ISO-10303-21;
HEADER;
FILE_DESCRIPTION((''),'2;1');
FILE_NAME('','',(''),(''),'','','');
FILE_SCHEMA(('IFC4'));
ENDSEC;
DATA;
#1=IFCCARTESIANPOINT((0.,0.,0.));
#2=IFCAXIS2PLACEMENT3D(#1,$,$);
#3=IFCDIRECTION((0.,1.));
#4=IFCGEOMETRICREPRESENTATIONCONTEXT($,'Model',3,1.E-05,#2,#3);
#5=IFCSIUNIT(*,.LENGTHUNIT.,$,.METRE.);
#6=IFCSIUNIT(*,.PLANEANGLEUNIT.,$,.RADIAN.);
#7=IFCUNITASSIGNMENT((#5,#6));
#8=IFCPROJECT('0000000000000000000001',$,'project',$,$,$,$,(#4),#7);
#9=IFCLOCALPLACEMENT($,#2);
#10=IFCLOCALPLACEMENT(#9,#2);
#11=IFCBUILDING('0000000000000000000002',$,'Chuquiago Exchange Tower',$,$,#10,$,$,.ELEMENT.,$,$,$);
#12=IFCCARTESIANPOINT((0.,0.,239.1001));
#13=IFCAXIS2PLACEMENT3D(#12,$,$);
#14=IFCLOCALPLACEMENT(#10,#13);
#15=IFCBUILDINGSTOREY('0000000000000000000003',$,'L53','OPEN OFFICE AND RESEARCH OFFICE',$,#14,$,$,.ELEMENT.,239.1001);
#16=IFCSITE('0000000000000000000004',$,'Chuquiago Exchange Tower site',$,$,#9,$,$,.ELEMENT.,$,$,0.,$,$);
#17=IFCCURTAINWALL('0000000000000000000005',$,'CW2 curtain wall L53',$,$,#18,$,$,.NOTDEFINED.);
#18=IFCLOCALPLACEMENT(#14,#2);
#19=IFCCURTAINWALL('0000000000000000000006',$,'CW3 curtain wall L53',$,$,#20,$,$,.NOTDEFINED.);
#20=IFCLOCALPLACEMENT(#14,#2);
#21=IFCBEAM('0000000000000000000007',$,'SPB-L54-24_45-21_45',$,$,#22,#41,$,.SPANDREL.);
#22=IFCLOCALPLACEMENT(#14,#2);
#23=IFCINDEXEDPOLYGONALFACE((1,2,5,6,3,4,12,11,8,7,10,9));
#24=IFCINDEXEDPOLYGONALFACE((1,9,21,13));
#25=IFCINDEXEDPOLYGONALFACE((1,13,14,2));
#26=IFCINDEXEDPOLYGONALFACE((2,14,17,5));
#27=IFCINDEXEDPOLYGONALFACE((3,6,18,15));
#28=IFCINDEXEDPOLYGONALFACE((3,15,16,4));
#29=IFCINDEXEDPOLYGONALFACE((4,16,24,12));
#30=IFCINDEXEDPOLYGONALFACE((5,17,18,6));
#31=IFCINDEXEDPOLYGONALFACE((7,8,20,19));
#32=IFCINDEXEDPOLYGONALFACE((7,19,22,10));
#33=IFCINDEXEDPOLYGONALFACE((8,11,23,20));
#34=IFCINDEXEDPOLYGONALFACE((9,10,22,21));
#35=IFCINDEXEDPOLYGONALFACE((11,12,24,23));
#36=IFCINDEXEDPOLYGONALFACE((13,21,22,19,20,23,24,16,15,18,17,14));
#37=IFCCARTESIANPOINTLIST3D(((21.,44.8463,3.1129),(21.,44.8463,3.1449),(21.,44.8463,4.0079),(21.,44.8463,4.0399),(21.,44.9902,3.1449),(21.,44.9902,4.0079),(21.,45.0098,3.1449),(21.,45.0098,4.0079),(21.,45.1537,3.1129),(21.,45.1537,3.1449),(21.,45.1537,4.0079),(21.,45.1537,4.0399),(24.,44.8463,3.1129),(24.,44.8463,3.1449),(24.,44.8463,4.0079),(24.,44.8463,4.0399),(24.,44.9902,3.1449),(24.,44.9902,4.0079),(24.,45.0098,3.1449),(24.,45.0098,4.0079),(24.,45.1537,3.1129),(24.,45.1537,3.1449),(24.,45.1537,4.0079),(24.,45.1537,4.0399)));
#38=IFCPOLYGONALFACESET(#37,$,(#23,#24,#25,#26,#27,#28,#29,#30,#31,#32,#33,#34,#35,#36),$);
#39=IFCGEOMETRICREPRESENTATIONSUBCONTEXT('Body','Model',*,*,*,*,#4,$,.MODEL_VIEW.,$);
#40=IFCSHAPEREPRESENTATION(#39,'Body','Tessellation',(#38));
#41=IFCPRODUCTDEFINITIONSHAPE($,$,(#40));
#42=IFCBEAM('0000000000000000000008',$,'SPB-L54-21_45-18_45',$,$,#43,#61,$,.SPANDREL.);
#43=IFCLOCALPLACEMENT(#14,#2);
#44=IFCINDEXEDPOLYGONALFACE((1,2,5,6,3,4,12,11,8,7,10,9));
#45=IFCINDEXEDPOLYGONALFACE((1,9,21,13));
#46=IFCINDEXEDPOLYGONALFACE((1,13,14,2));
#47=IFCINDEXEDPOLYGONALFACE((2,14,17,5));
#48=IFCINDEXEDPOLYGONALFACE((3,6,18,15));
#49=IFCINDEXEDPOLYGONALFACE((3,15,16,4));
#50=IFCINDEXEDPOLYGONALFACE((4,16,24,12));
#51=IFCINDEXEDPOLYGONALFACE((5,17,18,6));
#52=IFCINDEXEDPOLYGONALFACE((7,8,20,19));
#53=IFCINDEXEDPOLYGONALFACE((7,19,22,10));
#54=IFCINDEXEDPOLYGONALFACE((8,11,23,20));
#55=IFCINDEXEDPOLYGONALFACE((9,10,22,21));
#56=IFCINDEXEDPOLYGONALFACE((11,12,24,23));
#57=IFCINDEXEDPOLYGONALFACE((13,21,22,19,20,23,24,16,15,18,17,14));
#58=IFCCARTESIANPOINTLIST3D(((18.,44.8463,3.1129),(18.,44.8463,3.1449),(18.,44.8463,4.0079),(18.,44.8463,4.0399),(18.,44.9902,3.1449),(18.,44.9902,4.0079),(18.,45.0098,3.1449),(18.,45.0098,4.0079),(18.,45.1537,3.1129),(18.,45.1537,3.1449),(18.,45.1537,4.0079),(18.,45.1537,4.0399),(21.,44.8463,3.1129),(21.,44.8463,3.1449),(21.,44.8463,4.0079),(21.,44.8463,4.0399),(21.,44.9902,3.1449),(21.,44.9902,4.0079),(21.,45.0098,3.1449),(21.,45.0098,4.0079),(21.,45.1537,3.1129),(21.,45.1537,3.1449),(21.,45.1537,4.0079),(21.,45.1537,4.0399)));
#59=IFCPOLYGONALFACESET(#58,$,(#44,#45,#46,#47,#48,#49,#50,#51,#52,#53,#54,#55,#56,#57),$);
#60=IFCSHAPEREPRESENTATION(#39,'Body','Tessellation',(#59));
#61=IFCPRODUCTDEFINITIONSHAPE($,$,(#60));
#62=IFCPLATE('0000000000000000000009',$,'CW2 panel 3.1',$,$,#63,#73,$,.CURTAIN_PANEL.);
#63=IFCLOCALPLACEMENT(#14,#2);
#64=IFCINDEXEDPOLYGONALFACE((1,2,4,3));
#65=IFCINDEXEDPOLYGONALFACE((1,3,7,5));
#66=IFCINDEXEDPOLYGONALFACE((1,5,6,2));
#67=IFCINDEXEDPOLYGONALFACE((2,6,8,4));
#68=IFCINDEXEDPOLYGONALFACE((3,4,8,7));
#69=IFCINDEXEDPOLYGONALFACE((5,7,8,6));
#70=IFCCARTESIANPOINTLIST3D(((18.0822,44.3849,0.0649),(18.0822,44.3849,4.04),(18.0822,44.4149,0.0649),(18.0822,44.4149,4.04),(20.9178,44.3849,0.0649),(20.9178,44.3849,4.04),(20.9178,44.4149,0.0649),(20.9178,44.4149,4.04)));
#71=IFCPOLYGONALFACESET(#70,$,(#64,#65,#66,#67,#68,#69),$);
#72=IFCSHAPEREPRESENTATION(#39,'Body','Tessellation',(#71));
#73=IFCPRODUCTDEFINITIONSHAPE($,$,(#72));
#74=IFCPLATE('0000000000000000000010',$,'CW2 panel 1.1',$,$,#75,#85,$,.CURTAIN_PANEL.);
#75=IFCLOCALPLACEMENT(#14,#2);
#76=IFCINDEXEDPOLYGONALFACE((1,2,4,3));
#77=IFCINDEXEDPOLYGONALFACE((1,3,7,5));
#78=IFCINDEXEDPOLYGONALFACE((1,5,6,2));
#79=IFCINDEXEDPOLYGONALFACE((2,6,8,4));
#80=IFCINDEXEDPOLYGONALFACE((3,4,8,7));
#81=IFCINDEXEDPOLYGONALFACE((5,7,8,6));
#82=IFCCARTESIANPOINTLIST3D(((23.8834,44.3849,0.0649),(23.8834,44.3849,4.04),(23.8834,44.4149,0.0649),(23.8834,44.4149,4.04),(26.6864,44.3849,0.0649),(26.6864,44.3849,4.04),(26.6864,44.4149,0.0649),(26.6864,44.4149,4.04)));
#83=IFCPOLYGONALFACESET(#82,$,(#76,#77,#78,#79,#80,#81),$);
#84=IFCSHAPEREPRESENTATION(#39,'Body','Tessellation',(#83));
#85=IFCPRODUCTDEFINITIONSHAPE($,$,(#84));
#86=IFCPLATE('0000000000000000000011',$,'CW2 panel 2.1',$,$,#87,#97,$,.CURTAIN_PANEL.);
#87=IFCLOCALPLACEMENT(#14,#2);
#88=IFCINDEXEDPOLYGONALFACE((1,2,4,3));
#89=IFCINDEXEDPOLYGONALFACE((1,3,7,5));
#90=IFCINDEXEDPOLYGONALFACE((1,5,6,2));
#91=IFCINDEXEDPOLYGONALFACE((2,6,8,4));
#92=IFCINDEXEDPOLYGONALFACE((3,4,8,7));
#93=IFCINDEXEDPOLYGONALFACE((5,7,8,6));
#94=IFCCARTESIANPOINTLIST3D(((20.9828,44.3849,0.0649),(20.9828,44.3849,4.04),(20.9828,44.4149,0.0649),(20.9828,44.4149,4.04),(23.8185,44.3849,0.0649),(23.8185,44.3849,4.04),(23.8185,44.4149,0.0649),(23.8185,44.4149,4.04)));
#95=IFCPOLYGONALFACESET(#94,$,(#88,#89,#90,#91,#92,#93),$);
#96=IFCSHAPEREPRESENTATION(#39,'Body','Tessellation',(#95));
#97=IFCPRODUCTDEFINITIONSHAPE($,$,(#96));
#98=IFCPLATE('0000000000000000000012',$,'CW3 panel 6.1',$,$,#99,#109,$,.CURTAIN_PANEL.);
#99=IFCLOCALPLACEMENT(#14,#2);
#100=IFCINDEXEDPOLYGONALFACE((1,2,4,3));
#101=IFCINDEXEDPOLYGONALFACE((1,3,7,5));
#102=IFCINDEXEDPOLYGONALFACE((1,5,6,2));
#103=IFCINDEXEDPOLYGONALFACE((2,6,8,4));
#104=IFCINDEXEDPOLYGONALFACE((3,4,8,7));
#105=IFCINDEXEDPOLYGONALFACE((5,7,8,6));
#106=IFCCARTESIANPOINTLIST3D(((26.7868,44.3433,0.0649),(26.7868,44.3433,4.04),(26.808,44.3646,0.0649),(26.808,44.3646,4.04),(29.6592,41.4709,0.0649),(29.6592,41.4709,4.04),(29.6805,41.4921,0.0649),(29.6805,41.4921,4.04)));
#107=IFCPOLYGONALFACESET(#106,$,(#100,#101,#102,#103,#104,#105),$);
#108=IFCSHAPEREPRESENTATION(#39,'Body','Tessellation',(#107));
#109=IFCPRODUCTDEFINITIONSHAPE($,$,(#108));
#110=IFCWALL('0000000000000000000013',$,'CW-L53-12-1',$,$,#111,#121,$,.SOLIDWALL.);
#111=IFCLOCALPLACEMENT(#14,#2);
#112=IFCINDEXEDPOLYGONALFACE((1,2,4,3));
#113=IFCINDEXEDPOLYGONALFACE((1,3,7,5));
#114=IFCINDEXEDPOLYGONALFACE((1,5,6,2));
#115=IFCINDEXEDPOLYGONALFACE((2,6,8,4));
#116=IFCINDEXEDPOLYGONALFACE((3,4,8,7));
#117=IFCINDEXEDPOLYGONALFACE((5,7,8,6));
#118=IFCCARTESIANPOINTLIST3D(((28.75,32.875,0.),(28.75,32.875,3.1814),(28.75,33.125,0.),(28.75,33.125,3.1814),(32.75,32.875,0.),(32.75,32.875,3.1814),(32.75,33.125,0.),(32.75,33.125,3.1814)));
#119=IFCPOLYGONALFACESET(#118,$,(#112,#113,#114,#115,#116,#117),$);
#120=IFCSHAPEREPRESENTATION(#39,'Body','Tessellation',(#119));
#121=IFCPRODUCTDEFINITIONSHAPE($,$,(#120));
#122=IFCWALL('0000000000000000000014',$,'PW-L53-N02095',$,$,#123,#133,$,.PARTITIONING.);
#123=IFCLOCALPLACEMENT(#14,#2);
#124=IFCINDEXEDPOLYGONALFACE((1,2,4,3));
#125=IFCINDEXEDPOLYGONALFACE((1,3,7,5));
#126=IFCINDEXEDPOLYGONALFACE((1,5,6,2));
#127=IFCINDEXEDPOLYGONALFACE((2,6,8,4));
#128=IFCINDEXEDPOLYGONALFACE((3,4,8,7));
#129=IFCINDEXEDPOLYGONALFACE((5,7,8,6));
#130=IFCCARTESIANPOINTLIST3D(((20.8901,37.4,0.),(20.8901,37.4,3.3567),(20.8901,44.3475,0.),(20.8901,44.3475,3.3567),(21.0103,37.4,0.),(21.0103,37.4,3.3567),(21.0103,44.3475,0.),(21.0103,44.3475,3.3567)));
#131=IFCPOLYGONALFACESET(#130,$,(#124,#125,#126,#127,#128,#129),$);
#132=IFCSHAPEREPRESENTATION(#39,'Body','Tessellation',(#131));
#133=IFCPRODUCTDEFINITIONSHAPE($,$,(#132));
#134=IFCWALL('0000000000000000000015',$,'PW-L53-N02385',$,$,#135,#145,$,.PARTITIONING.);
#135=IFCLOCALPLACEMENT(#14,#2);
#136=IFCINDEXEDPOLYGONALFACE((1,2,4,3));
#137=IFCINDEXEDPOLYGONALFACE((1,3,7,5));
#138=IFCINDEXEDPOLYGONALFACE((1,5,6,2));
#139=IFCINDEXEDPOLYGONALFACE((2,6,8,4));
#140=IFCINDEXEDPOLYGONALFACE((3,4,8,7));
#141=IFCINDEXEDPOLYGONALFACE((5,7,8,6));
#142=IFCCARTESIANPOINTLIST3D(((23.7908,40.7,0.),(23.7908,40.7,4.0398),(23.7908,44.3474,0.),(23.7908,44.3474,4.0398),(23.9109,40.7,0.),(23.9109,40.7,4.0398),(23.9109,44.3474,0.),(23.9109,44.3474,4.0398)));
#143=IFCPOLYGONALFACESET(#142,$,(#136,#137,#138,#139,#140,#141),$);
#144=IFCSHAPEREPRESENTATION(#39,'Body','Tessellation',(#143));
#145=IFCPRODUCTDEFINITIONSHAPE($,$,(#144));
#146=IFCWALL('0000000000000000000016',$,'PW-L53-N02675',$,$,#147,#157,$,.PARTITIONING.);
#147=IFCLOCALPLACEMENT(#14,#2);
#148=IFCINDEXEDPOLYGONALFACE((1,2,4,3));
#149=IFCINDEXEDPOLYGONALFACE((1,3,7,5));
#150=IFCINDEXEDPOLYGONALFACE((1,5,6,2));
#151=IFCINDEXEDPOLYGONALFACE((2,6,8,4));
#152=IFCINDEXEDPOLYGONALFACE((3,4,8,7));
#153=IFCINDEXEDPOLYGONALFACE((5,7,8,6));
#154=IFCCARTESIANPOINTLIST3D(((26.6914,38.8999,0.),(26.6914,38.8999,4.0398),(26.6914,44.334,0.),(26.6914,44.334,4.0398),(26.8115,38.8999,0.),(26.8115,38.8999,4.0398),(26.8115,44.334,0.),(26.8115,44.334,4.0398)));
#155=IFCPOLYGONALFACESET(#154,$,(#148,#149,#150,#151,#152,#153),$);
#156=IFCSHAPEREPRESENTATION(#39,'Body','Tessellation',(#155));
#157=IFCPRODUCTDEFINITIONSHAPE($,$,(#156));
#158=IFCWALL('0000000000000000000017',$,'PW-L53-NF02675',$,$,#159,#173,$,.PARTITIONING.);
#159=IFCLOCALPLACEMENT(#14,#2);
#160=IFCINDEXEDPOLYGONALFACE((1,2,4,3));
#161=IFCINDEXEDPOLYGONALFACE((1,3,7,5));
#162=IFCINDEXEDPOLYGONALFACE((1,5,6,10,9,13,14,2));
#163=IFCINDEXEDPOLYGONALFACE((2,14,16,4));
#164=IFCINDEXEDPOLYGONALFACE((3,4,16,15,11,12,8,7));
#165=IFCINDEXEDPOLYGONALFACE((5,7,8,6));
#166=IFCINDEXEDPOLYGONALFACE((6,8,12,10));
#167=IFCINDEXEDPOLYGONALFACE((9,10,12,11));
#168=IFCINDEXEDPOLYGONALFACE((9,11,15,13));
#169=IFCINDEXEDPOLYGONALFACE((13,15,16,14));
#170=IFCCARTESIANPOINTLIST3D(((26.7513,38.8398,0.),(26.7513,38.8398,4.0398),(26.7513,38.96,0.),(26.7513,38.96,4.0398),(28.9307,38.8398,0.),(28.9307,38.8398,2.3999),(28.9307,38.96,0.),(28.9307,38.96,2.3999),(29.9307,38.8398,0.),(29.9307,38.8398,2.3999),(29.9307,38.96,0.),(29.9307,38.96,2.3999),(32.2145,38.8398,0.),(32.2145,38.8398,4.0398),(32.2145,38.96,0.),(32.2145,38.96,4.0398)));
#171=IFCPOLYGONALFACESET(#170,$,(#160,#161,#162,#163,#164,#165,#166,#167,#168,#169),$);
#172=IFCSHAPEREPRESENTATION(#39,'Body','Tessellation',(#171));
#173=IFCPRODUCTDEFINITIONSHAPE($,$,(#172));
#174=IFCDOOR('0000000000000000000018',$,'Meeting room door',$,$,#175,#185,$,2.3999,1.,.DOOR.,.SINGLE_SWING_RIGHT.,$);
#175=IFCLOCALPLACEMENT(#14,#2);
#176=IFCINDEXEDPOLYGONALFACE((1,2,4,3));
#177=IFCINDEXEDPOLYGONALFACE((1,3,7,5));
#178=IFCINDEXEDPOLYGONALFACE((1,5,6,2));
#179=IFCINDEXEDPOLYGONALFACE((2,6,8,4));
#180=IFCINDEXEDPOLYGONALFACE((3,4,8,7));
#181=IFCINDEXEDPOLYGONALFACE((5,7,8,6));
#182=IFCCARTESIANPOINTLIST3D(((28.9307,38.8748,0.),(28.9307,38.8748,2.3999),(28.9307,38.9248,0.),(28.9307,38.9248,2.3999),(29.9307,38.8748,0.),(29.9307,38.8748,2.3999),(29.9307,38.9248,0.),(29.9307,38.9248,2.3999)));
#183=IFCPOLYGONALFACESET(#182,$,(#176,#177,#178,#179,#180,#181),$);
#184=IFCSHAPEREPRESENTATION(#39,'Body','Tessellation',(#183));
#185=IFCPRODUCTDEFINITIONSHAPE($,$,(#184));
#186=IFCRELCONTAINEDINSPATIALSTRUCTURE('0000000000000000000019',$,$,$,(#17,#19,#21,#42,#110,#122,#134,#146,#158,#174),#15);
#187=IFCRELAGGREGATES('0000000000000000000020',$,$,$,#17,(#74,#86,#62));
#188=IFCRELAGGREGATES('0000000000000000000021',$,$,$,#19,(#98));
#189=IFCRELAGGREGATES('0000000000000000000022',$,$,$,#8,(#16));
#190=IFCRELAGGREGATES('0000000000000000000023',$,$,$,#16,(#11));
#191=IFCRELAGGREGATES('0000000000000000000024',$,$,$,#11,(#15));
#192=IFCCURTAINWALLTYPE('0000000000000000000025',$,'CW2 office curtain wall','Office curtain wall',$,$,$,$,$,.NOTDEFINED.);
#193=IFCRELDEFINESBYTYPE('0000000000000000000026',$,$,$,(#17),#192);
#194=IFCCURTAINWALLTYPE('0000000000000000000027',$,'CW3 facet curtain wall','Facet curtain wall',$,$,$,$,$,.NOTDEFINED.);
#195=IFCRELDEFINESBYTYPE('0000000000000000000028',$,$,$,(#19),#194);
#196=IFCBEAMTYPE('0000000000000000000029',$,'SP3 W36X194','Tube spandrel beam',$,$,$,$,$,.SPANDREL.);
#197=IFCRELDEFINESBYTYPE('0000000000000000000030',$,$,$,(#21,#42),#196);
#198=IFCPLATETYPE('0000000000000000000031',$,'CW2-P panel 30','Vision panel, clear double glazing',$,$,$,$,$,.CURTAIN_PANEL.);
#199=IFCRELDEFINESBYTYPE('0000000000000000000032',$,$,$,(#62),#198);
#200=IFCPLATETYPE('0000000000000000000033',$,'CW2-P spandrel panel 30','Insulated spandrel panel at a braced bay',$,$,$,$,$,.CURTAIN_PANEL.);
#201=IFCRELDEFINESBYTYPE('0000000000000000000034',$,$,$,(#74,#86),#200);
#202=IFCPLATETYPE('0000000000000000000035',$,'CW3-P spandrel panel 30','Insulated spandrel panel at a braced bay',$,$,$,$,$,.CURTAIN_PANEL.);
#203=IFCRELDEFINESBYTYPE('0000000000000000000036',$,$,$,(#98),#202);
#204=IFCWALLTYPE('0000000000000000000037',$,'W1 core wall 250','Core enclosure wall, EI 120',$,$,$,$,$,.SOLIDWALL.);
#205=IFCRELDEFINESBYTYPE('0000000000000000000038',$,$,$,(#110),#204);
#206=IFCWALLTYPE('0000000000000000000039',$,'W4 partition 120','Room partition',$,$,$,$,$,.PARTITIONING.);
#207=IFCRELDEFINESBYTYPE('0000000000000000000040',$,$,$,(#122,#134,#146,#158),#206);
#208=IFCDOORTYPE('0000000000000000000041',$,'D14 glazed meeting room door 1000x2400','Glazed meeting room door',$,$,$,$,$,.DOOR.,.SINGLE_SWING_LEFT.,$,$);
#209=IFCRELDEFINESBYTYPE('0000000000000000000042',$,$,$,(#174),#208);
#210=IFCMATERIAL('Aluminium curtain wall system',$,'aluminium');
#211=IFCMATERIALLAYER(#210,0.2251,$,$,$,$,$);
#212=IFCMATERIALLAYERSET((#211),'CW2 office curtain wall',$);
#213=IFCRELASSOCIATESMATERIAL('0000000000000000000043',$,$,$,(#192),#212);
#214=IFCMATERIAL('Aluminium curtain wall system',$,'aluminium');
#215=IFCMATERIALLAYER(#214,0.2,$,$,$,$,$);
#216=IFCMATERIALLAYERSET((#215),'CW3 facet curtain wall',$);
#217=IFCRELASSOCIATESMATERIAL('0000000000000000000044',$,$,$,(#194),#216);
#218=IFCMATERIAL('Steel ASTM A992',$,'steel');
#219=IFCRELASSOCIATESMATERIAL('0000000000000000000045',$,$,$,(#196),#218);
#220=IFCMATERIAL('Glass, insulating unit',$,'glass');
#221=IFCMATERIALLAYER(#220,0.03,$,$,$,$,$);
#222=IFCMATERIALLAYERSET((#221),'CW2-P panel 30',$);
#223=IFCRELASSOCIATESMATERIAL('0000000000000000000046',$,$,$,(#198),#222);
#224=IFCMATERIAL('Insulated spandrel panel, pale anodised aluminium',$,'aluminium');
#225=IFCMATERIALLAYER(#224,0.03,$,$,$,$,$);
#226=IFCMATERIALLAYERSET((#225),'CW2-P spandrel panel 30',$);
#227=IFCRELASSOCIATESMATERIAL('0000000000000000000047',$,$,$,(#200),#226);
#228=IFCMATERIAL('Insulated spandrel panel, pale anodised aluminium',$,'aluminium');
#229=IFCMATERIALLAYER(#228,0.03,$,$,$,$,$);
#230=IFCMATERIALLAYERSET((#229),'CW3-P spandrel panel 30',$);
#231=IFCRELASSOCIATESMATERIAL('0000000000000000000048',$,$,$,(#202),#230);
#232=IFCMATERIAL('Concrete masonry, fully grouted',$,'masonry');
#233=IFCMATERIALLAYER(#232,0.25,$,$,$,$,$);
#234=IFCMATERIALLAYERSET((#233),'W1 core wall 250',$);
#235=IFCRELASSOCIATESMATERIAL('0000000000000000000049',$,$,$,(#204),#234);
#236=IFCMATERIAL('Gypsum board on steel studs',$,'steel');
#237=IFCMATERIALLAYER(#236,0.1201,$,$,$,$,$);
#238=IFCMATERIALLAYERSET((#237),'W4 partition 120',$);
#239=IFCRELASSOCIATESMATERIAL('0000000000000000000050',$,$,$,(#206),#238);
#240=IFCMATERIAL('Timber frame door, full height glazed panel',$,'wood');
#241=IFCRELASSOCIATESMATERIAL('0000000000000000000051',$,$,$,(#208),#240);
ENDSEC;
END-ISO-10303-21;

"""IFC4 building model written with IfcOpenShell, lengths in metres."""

from ifc_helpers import new_model, si_unit, direction, frame, frame_2d, origin, origin_2d, place, context, subcontext, project, spatial, rectangle, i_section, extrude, material, layer, layer_set, material_profile, profile_set, type_object, element, fill, aggregate, save


model = new_model("IFC4")

# Units and contexts
model_context = context("Model", 3, precision=1e-05, world=origin(), true_north=direction((0.0, 1.0)))
body_context = subcontext(model_context, "Body", "Model", "MODEL_VIEW")
ifc_project = project(units=[si_unit("LENGTHUNIT", "METRE"), si_unit("PLANEANGLEUNIT", "RADIAN")], contexts=[model_context])

# Site, building, storey
site_placement = place(None, origin())
site = spatial("IfcSite", under=ifc_project, at=site_placement, Name="Chuquiago Exchange Tower site", CompositionType="ELEMENT", RefElevation=0.0)
building_placement = place(site_placement, origin())
building = spatial("IfcBuilding", under=site, at=building_placement, Name="Chuquiago Exchange Tower", CompositionType="ELEMENT")
storey_placement = place(building_placement, frame((0.0, 0.0, 239.1001)))
storey = spatial("IfcBuildingStorey", under=building, at=storey_placement, Name="L53", Description="OPEN OFFICE AND RESEARCH OFFICE", CompositionType="ELEMENT", Elevation=239.1001)

# Curtain walls
ifc_material_1 = material(Name="Aluminium curtain wall system", Category="aluminium")
ifc_layer_1 = layer(ifc_material_1, 0.2251)
ifc_layer_set_1 = layer_set([ifc_layer_1], Name="CW2 office curtain wall")
curtain_wall_type_1 = type_object("IfcCurtainWallType", Name="CW2 office curtain wall", Description="Office curtain wall", PredefinedType="NOTDEFINED", material=ifc_layer_set_1)
curtain_wall_1_placement = place(storey_placement, origin())
curtain_wall_1 = element("IfcCurtainWall", 1, at=curtain_wall_1_placement, inside=storey, type_object=curtain_wall_type_1, Name="CW2 curtain wall L53", PredefinedType="NOTDEFINED")
ifc_material_2 = material(Name="Aluminium curtain wall system", Category="aluminium")
ifc_layer_2 = layer(ifc_material_2, 0.2)
ifc_layer_set_2 = layer_set([ifc_layer_2], Name="CW3 facet curtain wall")
curtain_wall_type_2 = type_object("IfcCurtainWallType", Name="CW3 facet curtain wall", Description="Facet curtain wall", PredefinedType="NOTDEFINED", material=ifc_layer_set_2)
curtain_wall_2_placement = place(storey_placement, origin())
curtain_wall_2 = element("IfcCurtainWall", 2, at=curtain_wall_2_placement, inside=storey, type_object=curtain_wall_type_2, Name="CW3 curtain wall L53", PredefinedType="NOTDEFINED")

# Beams
ifc_material_3 = material(Name="Steel ASTM A992", Category="steel")
ifc_material_profile_1 = material_profile(ifc_material_3, i_section(OverallWidth=0.3074, OverallDepth=0.927, WebThickness=0.0195, FlangeThickness=0.032, at=origin_2d()), Name="W36X194")
ifc_profile_set_1 = profile_set([ifc_material_profile_1], Name="Steel ASTM A992")
beam_type_1 = type_object("IfcBeamType", Name="SP3 W36X194", Description="Tube spandrel beam", PredefinedType="SPANDREL", material=ifc_profile_set_1)
for number, where, z_axis, x_axis, name in (
    (3, (24.0, 45.0, 3.5764), (-1.0, 0.0, 0.0), (0.0, -1.0, 0.0), "SPB-L54-24_45-21_45"),
    (4, (21.0, 45.0, 3.5764), (-1.0, 0.0, 0.0), (0.0, -1.0, 0.0), "SPB-L54-21_45-18_45"),
):
    element("IfcBeam", number, at=place(storey_placement, frame(where, z_axis=z_axis, x_axis=x_axis)), inside=storey, type_object=beam_type_1, Name=name, PredefinedType="SPANDREL", context=body_context, shape_type="SweptSolid", body=[
        extrude(i_section(OverallWidth=0.3074, OverallDepth=0.927, WebThickness=0.0195, FlangeThickness=0.032, at=origin_2d()), origin(), (0.0, 0.0, 1.0), 3.0),
    ])

# Plates
ifc_material_4 = material(Name="Glass, insulating unit", Category="glass")
ifc_layer_3 = layer(ifc_material_4, 0.03)
ifc_layer_set_3 = layer_set([ifc_layer_3], Name="CW2-P panel 30")
plate_type_1 = type_object("IfcPlateType", Name="CW2-P panel 30", Description="Vision panel, clear double glazing", PredefinedType="CURTAIN_PANEL", material=ifc_layer_set_3)
plate_1_placement = place(storey_placement, frame((19.5, 44.3999, 0.0649), z_axis=(0.0, 0.0, 1.0), x_axis=(-1.0, 0.0, 0.0)))
plate_1 = element("IfcPlate", 5, at=plate_1_placement, type_object=plate_type_1, Name="CW2 panel 3.1", PredefinedType="CURTAIN_PANEL", context=body_context, shape_type="SweptSolid", body=[
    extrude(rectangle(XDim=2.8357, YDim=0.03, at=origin_2d()), origin(), (0.0, 0.0, 1.0), 3.9751),
])
ifc_material_5 = material(Name="Insulated spandrel panel, pale anodised aluminium", Category="aluminium")
ifc_layer_4 = layer(ifc_material_5, 0.03)
ifc_layer_set_4 = layer_set([ifc_layer_4], Name="CW2-P spandrel panel 30")
plate_type_2 = type_object("IfcPlateType", Name="CW2-P spandrel panel 30", Description="Insulated spandrel panel at a braced bay", PredefinedType="CURTAIN_PANEL", material=ifc_layer_set_4)
plate_2_placement = place(storey_placement, frame((25.2849, 44.3999, 0.0649), z_axis=(0.0, 0.0, 1.0), x_axis=(-1.0, 0.0, 0.0)))
plate_2 = element("IfcPlate", 6, at=plate_2_placement, type_object=plate_type_2, Name="CW2 panel 1.1", PredefinedType="CURTAIN_PANEL", context=body_context, shape_type="SweptSolid", body=[
    extrude(rectangle(XDim=2.803, YDim=0.03, at=origin_2d()), origin(), (0.0, 0.0, 1.0), 3.9751),
])
plate_3_placement = place(storey_placement, frame((22.4006, 44.3999, 0.0649), z_axis=(0.0, 0.0, 1.0), x_axis=(-1.0, 0.0, 0.0)))
plate_3 = element("IfcPlate", 7, at=plate_3_placement, type_object=plate_type_2, Name="CW2 panel 2.1", PredefinedType="CURTAIN_PANEL", context=body_context, shape_type="SweptSolid", body=[
    extrude(rectangle(XDim=2.8357, YDim=0.03, at=origin_2d()), origin(), (0.0, 0.0, 1.0), 3.9751),
])
aggregate(curtain_wall_1, [plate_2, plate_3, plate_1])
ifc_material_6 = material(Name="Insulated spandrel panel, pale anodised aluminium", Category="aluminium")
ifc_layer_5 = layer(ifc_material_6, 0.03)
ifc_layer_set_5 = layer_set([ifc_layer_5], Name="CW3-P spandrel panel 30")
plate_type_3 = type_object("IfcPlateType", Name="CW3-P spandrel panel 30", Description="Insulated spandrel panel at a braced bay", PredefinedType="CURTAIN_PANEL", material=ifc_layer_set_5)
plate_4_placement = place(storey_placement, frame((28.2336, 42.9177, 0.0649), z_axis=(0.0, 0.0, 1.0), x_axis=(-0.707107, 0.707107, 0.0)))
plate_4 = element("IfcPlate", 8, at=plate_4_placement, type_object=plate_type_3, Name="CW3 panel 6.1", PredefinedType="CURTAIN_PANEL", context=body_context, shape_type="SweptSolid", body=[
    extrude(rectangle(XDim=4.0623, YDim=0.03, at=origin_2d()), origin(), (0.0, 0.0, 1.0), 3.9751),
])
aggregate(curtain_wall_2, [plate_4])

# Walls
ifc_material_7 = material(Name="Concrete masonry, fully grouted", Category="masonry")
ifc_layer_6 = layer(ifc_material_7, 0.25)
ifc_layer_set_6 = layer_set([ifc_layer_6], Name="W1 core wall 250")
wall_type_1 = type_object("IfcWallType", Name="W1 core wall 250", Description="Core enclosure wall, EI 120", PredefinedType="SOLIDWALL", material=ifc_layer_set_6)
wall_1_placement = place(storey_placement, frame((28.75, 33.0, 0.0), z_axis=(0.0, 0.0, 1.0), x_axis=(1.0, 0.0, 0.0)))
element("IfcWall", 9, at=wall_1_placement, inside=storey, type_object=wall_type_1, Name="CW-L53-12-1", PredefinedType="SOLIDWALL", context=body_context, shape_type="SweptSolid", body=[
    extrude(rectangle(XDim=4.0, YDim=0.25, at=frame_2d((2.0, 0.0))), origin(), (0.0, 0.0, 1.0), 3.1814),
])
ifc_material_8 = material(Name="Gypsum board on steel studs", Category="steel")
ifc_layer_7 = layer(ifc_material_8, 0.1201)
ifc_layer_set_7 = layer_set([ifc_layer_7], Name="W4 partition 120")
wall_type_2 = type_object("IfcWallType", Name="W4 partition 120", Description="Room partition", PredefinedType="PARTITIONING", material=ifc_layer_set_7)
wall_2_placement = place(storey_placement, frame((20.9502, 44.3474, 0.0), z_axis=(0.0, 0.0, 1.0), x_axis=(0.0, -1.0, 0.0)))
element("IfcWall", 10, at=wall_2_placement, inside=storey, type_object=wall_type_2, Name="PW-L53-N02095", PredefinedType="PARTITIONING", context=body_context, shape_type="SweptSolid", body=[
    extrude(rectangle(XDim=6.9475, YDim=0.1201, at=frame_2d((3.4736, 0.0))), origin(), (0.0, 0.0, 1.0), 3.3567),
])
wall_3_placement = place(storey_placement, frame((23.8508, 44.3474, 0.0), z_axis=(0.0, 0.0, 1.0), x_axis=(0.0, -1.0, 0.0)))
element("IfcWall", 11, at=wall_3_placement, inside=storey, type_object=wall_type_2, Name="PW-L53-N02385", PredefinedType="PARTITIONING", context=body_context, shape_type="SweptSolid", body=[
    extrude(rectangle(XDim=3.6475, YDim=0.1201, at=frame_2d((1.8237, 0.0))), origin(), (0.0, 0.0, 1.0), 4.0398),
])
wall_4_placement = place(storey_placement, frame((26.7515, 44.334, 0.0), z_axis=(0.0, 0.0, 1.0), x_axis=(0.0, -1.0, 0.0)))
element("IfcWall", 12, at=wall_4_placement, inside=storey, type_object=wall_type_2, Name="PW-L53-N02675", PredefinedType="PARTITIONING", context=body_context, shape_type="SweptSolid", body=[
    extrude(rectangle(XDim=5.4341, YDim=0.1201, at=frame_2d((2.717, 0.0))), origin(), (0.0, 0.0, 1.0), 4.0398),
])

# Wall, opening, door
ifc_material_9 = material(Name="Timber frame door, full height glazed panel", Category="wood")
door_type = type_object("IfcDoorType", Name="D14 glazed meeting room door 1000x2400", Description="Glazed meeting room door", OperationType="SINGLE_SWING_LEFT", PredefinedType="DOOR", material=ifc_material_9)
wall_5_placement = place(storey_placement, frame((26.7515, 38.8999, 0.0), z_axis=(0.0, 0.0, 1.0), x_axis=(1.0, 0.0, 0.0)))
wall_5 = element("IfcWall", 13, at=wall_5_placement, inside=storey, type_object=wall_type_2, Name="PW-L53-NF02675", PredefinedType="PARTITIONING", context=body_context, shape_type="SweptSolid", body=[
    extrude(rectangle(XDim=5.4631, YDim=0.1201, at=frame_2d((2.7314, 0.0))), origin(), (0.0, 0.0, 1.0), 4.0398),
])
opening_1_placement = place(wall_5_placement, frame((2.1792, 0.0, 0.0)))
opening_1 = element("IfcOpeningElement", 14, at=opening_1_placement, cuts=wall_5, PredefinedType="OPENING", context=body_context, shape_type="SweptSolid", body=[
    extrude(rectangle(XDim=1.0, YDim=2.3999, at=frame_2d((0.5, 1.2))), frame((0.0, 0.0701, 0.0), z_axis=(0.0, -1.0, 0.0), x_axis=(1.0, 0.0, 0.0)), (0.0, 0.0, 1.0), 0.1401),
])
door_1_placement = place(opening_1_placement, origin())
door_1 = element("IfcDoor", 15, at=door_1_placement, inside=storey, type_object=door_type, Name="Meeting room door", OperationType="SINGLE_SWING_RIGHT", OverallHeight=2.3999, OverallWidth=1.0, PredefinedType="DOOR", context=body_context, shape_type="SweptSolid", body=[
    extrude(rectangle(XDim=1.0, YDim=2.3999, at=frame_2d((0.5, 1.2))), frame((0.0, 0.0249, 0.0), z_axis=(0.0, -1.0, 0.0), x_axis=(1.0, 0.0, 0.0)), (0.0, 0.0, 1.0), 0.05),
])
fill(opening_1, door_1)

save(model, "model.ifc")
